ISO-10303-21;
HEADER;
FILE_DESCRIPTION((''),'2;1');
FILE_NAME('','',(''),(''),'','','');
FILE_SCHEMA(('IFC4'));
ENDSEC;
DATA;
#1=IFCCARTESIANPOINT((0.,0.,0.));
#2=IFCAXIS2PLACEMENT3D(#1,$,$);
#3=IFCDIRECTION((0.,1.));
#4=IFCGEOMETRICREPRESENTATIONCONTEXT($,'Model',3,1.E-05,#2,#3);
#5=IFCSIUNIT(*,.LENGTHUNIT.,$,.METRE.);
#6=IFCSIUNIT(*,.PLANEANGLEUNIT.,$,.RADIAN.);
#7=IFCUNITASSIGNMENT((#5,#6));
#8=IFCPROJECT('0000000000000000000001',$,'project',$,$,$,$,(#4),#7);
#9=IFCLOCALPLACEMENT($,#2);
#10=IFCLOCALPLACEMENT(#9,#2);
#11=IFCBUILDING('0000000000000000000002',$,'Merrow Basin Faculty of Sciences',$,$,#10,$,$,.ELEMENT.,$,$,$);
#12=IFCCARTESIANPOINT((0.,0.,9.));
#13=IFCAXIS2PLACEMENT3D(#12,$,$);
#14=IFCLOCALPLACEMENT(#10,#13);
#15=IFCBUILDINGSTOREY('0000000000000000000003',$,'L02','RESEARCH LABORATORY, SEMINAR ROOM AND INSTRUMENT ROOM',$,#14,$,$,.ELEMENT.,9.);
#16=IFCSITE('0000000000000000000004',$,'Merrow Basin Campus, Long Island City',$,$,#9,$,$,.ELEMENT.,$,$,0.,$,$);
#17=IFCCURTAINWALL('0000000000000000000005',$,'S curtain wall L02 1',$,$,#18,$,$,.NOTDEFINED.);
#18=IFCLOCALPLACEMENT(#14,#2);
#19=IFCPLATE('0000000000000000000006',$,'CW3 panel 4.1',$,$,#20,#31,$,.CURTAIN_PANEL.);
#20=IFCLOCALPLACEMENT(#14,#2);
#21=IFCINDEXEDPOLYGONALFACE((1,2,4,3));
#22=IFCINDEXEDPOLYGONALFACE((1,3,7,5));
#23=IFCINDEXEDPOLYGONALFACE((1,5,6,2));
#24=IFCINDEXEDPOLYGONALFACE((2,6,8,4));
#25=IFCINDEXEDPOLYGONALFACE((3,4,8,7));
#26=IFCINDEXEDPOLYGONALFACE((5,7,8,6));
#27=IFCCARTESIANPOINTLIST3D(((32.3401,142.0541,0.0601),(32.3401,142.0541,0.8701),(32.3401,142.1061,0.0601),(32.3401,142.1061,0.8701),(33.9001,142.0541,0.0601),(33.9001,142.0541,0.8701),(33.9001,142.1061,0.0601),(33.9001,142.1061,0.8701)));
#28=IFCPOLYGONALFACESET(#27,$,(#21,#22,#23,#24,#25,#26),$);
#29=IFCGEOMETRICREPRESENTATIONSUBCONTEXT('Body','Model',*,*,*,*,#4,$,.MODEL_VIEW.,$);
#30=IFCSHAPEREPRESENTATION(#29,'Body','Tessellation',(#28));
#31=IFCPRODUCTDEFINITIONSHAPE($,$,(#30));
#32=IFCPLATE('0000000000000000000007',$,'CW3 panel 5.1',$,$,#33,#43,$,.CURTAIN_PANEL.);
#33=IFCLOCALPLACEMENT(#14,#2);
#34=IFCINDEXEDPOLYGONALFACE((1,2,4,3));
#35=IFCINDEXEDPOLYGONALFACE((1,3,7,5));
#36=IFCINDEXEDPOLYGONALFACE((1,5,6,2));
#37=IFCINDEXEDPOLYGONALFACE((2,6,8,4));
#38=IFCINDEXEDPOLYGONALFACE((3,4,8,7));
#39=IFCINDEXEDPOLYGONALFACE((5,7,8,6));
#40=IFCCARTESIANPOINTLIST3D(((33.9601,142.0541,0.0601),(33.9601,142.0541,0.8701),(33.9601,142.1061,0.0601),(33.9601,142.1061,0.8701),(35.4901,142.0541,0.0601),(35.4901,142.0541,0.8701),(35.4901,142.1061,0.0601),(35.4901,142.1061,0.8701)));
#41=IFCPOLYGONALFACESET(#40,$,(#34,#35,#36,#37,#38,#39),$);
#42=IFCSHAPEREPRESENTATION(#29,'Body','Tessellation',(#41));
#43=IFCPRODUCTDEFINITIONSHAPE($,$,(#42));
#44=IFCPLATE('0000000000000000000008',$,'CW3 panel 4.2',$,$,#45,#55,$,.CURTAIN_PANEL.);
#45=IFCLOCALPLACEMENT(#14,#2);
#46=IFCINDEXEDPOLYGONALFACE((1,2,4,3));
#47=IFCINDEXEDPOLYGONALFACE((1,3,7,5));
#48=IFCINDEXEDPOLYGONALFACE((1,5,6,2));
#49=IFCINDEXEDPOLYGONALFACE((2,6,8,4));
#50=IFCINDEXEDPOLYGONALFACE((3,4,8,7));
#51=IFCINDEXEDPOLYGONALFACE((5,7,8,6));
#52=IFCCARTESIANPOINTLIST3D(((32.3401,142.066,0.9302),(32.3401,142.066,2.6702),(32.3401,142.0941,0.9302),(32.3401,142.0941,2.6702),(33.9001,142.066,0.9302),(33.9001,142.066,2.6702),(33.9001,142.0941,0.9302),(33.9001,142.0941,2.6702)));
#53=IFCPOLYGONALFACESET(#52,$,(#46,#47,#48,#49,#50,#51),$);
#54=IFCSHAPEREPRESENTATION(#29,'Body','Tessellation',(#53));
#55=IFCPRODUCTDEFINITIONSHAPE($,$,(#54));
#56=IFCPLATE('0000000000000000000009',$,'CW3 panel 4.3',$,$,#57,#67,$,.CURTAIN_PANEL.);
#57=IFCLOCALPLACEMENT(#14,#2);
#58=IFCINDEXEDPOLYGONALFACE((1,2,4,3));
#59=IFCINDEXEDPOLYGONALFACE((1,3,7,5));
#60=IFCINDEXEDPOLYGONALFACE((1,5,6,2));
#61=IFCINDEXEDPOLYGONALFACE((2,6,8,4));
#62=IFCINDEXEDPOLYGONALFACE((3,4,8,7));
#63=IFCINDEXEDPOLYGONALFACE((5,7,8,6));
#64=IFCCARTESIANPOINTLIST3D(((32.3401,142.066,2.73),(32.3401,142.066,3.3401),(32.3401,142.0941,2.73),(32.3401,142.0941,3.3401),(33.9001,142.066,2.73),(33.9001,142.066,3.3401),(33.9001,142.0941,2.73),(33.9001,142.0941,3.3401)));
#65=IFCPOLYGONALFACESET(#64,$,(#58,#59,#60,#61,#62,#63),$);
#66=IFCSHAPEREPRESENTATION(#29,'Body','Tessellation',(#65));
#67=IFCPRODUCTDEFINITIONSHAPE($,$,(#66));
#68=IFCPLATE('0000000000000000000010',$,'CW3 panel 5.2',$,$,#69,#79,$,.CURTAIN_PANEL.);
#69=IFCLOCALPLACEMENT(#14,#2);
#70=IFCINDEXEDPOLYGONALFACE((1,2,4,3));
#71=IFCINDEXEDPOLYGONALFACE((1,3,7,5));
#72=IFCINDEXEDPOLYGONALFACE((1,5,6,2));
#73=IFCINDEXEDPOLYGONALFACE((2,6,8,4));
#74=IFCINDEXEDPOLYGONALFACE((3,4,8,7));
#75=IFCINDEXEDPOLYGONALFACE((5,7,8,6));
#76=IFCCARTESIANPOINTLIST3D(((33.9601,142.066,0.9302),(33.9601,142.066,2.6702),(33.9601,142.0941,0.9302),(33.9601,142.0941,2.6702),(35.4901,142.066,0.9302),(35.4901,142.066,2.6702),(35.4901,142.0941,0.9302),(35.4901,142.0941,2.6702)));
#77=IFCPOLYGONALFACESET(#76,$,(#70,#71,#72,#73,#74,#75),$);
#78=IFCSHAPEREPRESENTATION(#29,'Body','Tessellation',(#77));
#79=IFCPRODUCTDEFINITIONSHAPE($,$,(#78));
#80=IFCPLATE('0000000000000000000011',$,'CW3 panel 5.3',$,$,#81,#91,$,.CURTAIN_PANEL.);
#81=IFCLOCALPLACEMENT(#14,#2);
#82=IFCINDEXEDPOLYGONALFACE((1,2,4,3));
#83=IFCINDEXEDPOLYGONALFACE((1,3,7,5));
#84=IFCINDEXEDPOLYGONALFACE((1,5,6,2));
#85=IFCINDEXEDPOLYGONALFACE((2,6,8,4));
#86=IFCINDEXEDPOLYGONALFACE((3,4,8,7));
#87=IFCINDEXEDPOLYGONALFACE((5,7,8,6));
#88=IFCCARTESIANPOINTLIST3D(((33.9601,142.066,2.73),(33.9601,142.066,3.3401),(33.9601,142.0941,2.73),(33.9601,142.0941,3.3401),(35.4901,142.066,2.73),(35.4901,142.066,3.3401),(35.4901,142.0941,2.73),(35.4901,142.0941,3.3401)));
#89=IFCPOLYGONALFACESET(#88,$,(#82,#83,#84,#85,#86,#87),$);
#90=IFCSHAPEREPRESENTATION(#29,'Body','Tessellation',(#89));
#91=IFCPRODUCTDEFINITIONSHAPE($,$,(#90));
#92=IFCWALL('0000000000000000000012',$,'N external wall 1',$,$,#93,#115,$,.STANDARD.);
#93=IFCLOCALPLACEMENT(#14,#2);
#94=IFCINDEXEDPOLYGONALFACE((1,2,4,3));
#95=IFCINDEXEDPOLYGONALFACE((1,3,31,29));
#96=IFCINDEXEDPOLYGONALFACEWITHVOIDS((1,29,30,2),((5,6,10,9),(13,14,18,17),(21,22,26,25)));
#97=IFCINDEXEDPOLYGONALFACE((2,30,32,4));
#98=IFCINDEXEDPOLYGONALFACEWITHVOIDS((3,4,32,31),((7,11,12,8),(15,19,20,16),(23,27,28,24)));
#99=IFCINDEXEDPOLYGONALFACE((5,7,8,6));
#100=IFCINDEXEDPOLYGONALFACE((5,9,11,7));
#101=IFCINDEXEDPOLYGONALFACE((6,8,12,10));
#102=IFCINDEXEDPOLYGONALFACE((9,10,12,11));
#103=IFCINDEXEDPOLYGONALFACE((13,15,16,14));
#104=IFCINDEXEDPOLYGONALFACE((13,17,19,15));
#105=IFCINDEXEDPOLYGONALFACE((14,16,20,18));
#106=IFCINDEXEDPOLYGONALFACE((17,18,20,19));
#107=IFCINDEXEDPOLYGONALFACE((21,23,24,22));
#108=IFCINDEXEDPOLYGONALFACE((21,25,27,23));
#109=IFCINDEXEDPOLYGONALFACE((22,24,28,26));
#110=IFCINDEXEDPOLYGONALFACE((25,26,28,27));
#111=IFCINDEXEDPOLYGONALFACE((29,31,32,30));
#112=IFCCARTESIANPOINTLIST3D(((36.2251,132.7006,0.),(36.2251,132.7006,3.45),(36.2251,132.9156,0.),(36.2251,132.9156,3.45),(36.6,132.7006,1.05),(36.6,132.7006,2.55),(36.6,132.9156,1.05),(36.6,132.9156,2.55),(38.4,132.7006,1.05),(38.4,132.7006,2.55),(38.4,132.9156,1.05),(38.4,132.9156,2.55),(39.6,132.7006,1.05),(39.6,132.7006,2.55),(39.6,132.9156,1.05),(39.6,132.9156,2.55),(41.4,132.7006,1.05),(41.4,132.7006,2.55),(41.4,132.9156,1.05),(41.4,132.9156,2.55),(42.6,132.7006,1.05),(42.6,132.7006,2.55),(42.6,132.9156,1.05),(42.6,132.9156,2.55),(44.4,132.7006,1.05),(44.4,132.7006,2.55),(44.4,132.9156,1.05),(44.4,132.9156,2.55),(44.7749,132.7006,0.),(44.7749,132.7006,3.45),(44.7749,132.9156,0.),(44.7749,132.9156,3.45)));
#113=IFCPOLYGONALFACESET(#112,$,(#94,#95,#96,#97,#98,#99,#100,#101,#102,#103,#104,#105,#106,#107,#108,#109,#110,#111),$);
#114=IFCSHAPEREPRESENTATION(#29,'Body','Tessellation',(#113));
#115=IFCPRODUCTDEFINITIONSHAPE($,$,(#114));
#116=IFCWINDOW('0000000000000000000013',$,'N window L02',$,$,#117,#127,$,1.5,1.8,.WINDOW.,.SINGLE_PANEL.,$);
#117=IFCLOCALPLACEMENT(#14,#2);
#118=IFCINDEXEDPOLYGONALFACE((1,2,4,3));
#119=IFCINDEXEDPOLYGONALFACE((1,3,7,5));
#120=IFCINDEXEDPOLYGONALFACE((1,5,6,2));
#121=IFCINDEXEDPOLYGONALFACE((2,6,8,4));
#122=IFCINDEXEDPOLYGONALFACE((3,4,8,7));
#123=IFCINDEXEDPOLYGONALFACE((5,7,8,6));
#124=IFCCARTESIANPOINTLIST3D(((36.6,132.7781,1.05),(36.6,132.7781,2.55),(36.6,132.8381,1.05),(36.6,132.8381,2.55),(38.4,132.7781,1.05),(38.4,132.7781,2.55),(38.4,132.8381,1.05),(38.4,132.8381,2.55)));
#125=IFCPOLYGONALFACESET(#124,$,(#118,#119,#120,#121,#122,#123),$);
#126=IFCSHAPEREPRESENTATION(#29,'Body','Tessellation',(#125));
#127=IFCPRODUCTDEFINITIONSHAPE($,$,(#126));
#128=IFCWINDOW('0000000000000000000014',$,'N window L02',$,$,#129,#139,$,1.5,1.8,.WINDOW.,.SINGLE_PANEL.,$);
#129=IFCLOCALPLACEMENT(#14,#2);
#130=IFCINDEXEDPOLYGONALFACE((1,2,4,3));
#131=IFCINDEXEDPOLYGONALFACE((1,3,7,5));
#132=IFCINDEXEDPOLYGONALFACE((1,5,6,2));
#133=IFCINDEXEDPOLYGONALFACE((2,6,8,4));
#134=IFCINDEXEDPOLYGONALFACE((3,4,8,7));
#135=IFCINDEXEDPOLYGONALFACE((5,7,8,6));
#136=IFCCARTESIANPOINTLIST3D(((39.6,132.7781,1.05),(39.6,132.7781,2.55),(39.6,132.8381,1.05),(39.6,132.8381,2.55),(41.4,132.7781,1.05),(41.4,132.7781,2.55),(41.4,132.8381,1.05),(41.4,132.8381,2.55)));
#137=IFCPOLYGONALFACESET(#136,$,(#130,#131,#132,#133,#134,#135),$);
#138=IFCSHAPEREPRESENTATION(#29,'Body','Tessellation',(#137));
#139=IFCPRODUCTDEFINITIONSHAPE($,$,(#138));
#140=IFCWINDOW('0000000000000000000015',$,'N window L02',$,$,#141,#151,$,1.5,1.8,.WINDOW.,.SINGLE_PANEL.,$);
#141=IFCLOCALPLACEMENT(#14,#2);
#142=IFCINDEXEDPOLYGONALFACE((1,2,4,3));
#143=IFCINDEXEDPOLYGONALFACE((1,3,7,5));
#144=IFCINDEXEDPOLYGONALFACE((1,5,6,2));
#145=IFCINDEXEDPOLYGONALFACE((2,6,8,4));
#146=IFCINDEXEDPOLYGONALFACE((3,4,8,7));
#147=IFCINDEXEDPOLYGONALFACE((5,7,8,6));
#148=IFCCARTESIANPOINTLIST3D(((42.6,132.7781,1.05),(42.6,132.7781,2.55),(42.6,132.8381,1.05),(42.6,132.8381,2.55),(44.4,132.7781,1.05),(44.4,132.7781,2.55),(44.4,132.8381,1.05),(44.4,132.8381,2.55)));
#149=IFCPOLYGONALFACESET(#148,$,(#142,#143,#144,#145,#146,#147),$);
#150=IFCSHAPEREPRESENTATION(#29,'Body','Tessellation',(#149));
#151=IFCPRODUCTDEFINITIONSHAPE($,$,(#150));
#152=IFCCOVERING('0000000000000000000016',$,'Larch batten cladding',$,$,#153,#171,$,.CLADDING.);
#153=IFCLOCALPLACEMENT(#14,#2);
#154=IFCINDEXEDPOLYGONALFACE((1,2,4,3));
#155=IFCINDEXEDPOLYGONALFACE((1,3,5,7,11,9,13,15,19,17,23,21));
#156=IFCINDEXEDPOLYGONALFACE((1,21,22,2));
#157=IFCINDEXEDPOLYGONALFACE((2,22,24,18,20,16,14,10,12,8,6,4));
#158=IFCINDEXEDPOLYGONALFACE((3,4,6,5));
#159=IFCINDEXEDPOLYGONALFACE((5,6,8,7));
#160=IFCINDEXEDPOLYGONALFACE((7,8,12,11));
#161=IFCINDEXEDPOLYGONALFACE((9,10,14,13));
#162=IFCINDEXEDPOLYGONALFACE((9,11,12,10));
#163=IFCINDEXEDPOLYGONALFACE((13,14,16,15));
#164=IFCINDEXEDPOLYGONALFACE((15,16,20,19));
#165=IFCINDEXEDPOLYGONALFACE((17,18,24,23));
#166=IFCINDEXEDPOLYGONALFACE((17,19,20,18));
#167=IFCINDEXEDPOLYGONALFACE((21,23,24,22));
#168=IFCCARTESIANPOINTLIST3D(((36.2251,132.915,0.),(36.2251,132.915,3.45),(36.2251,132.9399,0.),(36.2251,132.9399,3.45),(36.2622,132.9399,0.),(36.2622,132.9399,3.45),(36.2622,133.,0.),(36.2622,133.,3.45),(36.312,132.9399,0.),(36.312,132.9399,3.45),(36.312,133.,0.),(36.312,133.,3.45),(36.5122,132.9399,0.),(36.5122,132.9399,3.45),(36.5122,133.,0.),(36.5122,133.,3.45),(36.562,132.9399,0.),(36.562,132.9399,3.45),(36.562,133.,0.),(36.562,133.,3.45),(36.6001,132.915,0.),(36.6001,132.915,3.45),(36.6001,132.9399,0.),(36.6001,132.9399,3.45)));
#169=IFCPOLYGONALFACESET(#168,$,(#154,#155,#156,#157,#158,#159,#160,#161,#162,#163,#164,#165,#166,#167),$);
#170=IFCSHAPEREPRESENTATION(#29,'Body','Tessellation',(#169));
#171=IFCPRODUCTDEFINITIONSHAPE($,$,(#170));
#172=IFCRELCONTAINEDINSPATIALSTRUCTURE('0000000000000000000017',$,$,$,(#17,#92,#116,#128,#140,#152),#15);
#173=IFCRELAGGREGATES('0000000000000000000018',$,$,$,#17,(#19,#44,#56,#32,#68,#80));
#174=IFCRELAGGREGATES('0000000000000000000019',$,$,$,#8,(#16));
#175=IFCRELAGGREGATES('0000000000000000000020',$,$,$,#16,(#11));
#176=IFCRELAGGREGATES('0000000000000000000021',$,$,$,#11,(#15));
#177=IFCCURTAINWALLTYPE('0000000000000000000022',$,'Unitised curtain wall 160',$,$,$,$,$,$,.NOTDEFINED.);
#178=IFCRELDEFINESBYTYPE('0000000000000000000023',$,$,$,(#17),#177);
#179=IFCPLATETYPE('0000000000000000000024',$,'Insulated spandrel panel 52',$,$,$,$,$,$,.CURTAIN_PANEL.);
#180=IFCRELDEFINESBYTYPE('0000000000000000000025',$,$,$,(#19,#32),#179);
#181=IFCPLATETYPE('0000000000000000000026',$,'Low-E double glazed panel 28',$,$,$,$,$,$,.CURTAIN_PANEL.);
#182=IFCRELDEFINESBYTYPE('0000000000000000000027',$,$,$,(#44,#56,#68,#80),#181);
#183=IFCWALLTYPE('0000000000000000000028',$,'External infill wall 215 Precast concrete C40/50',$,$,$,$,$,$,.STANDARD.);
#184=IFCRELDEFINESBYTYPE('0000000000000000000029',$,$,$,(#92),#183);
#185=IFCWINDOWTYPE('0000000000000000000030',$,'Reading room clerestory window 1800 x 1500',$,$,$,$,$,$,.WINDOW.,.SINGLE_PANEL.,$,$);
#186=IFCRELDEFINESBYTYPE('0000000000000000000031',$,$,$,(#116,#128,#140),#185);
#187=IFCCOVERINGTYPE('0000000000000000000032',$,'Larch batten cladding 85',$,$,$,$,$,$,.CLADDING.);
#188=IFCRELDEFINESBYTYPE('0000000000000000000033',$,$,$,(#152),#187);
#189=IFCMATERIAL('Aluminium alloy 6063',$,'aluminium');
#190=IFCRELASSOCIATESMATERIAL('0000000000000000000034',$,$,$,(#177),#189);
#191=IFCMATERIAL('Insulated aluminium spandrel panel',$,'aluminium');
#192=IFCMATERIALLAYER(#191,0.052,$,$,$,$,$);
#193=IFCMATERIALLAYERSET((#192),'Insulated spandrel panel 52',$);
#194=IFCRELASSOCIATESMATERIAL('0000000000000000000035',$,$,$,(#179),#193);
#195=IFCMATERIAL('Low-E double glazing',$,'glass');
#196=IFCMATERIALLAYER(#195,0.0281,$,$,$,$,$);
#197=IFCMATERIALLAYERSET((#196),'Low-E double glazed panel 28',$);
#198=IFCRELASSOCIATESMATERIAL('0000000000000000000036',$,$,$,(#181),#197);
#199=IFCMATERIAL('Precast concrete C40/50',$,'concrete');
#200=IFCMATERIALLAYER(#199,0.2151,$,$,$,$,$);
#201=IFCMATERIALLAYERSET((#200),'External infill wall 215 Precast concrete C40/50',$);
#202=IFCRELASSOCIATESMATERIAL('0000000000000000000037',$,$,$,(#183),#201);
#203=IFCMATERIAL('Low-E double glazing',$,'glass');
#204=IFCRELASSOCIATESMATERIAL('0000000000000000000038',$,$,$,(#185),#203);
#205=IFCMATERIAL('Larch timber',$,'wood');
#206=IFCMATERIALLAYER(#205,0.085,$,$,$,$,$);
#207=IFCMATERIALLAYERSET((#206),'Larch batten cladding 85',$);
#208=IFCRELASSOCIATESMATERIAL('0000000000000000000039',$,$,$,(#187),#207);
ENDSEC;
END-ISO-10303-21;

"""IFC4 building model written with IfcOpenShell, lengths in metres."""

from ifc_helpers import new_model, si_unit, direction, frame, frame_2d, origin, origin_2d, place, context, subcontext, project, spatial, polyline, rectangle, outline, extrude, source, transform, mapped, material, layer, layer_set, type_object, element, fill, aggregate, save


model = new_model("IFC4")

# Units and contexts
model_context = context("Model", 3, precision=1e-05, world=origin(), true_north=direction((0.0, 1.0)))
body_context = subcontext(model_context, "Body", "Model", "MODEL_VIEW")
ifc_project = project(units=[si_unit("LENGTHUNIT", "METRE"), si_unit("PLANEANGLEUNIT", "RADIAN")], contexts=[model_context])

# Site, building, storey
site_placement = place(None, origin())
site = spatial("IfcSite", under=ifc_project, at=site_placement, Name="Merrow Basin Campus, Long Island City", CompositionType="ELEMENT", RefElevation=0.0)
building_placement = place(site_placement, origin())
building = spatial("IfcBuilding", under=site, at=building_placement, Name="Merrow Basin Faculty of Sciences", CompositionType="ELEMENT")
storey_placement = place(building_placement, frame((0.0, 0.0, 9.0)))
storey = spatial("IfcBuildingStorey", under=building, at=storey_placement, Name="L02", Description="RESEARCH LABORATORY, SEMINAR ROOM AND INSTRUMENT ROOM", CompositionType="ELEMENT", Elevation=9.0)

# Curtain wall
ifc_material_1 = material(Name="Aluminium alloy 6063", Category="aluminium")
curtain_wall_type = type_object("IfcCurtainWallType", Name="Unitised curtain wall 160", PredefinedType="NOTDEFINED", material=ifc_material_1)
curtain_wall_placement = place(storey_placement, origin())
curtain_wall = element("IfcCurtainWall", 1, at=curtain_wall_placement, inside=storey, type_object=curtain_wall_type, Name="S curtain wall L02 1", PredefinedType="NOTDEFINED")

# Plates
ifc_material_2 = material(Name="Insulated aluminium spandrel panel", Category="aluminium")
ifc_layer_1 = layer(ifc_material_2, 0.052)
ifc_layer_set_1 = layer_set([ifc_layer_1], Name="Insulated spandrel panel 52")
plate_type_1 = type_object("IfcPlateType", Name="Insulated spandrel panel 52", PredefinedType="CURTAIN_PANEL", material=ifc_layer_set_1)
plate_1_placement = place(storey_placement, frame((33.1201, 142.0801, 0.0601), z_axis=(0.0, 0.0, 1.0), x_axis=(1.0, 0.0, 0.0)))
plate_1 = element("IfcPlate", 2, at=plate_1_placement, type_object=plate_type_1, Name="CW3 panel 4.1", PredefinedType="CURTAIN_PANEL", context=body_context, shape_type="SweptSolid", body=[
    extrude(rectangle(XDim=1.5601, YDim=0.052, at=origin_2d()), origin(), (0.0, 0.0, 1.0), 0.8101),
])
plate_2_placement = place(storey_placement, frame((34.7251, 142.0801, 0.0601), z_axis=(0.0, 0.0, 1.0), x_axis=(1.0, 0.0, 0.0)))
plate_2 = element("IfcPlate", 3, at=plate_2_placement, type_object=plate_type_1, Name="CW3 panel 5.1", PredefinedType="CURTAIN_PANEL", context=body_context, shape_type="SweptSolid", body=[
    extrude(rectangle(XDim=1.53, YDim=0.052, at=origin_2d()), origin(), (0.0, 0.0, 1.0), 0.8101),
])
ifc_material_3 = material(Name="Low-E double glazing", Category="glass")
ifc_layer_2 = layer(ifc_material_3, 0.0281)
ifc_layer_set_2 = layer_set([ifc_layer_2], Name="Low-E double glazed panel 28")
plate_type_2 = type_object("IfcPlateType", Name="Low-E double glazed panel 28", PredefinedType="CURTAIN_PANEL", material=ifc_layer_set_2)
plate_3_placement = place(storey_placement, frame((33.1201, 142.0801, 0.9302), z_axis=(0.0, 0.0, 1.0), x_axis=(1.0, 0.0, 0.0)))
plate_3 = element("IfcPlate", 4, at=plate_3_placement, type_object=plate_type_2, Name="CW3 panel 4.2", PredefinedType="CURTAIN_PANEL", context=body_context, shape_type="SweptSolid", body=[
    extrude(rectangle(XDim=1.5601, YDim=0.0281, at=origin_2d()), origin(), (0.0, 0.0, 1.0), 1.74),
])
plate_4_placement = place(storey_placement, frame((33.1201, 142.0801, 2.73), z_axis=(0.0, 0.0, 1.0), x_axis=(1.0, 0.0, 0.0)))
plate_4 = element("IfcPlate", 5, at=plate_4_placement, type_object=plate_type_2, Name="CW3 panel 4.3", PredefinedType="CURTAIN_PANEL", context=body_context, shape_type="SweptSolid", body=[
    extrude(rectangle(XDim=1.5601, YDim=0.0281, at=origin_2d()), origin(), (0.0, 0.0, 1.0), 0.6101),
])
plate_5_placement = place(storey_placement, frame((34.7251, 142.0801, 0.9302), z_axis=(0.0, 0.0, 1.0), x_axis=(1.0, 0.0, 0.0)))
plate_5 = element("IfcPlate", 6, at=plate_5_placement, type_object=plate_type_2, Name="CW3 panel 5.2", PredefinedType="CURTAIN_PANEL", context=body_context, shape_type="SweptSolid", body=[
    extrude(rectangle(XDim=1.53, YDim=0.0281, at=origin_2d()), origin(), (0.0, 0.0, 1.0), 1.74),
])
plate_6_placement = place(storey_placement, frame((34.7251, 142.0801, 2.73), z_axis=(0.0, 0.0, 1.0), x_axis=(1.0, 0.0, 0.0)))
plate_6 = element("IfcPlate", 7, at=plate_6_placement, type_object=plate_type_2, Name="CW3 panel 5.3", PredefinedType="CURTAIN_PANEL", context=body_context, shape_type="SweptSolid", body=[
    extrude(rectangle(XDim=1.53, YDim=0.0281, at=origin_2d()), origin(), (0.0, 0.0, 1.0), 0.6101),
])
aggregate(curtain_wall, [plate_1, plate_3, plate_4, plate_2, plate_5, plate_6])

# Wall, openings, windows
ifc_material_4 = material(Name="Precast concrete C40/50", Category="concrete")
ifc_layer_3 = layer(ifc_material_4, 0.2151)
ifc_layer_set_3 = layer_set([ifc_layer_3], Name="External infill wall 215 Precast concrete C40/50")
wall_type = type_object("IfcWallType", Name="External infill wall 215 Precast concrete C40/50", PredefinedType="STANDARD", material=ifc_layer_set_3)
wall_placement = place(storey_placement, frame((36.2251, 132.8081, 0.0), z_axis=(0.0, 0.0, 1.0), x_axis=(1.0, 0.0, 0.0)))
wall = element("IfcWall", 8, at=wall_placement, inside=storey, type_object=wall_type, Name="N external wall 1", PredefinedType="STANDARD", context=body_context, shape_type="SweptSolid", body=[
    extrude(rectangle(XDim=8.5498, YDim=0.2151, at=frame_2d((4.2749, 0.0))), origin(), (0.0, 0.0, 1.0), 3.45),
])
opening_1_placement = place(wall_placement, frame((0.375, 0.0, 1.05)))
opening_1 = element("IfcOpeningElement", 9, at=opening_1_placement, cuts=wall, PredefinedType="OPENING", context=body_context, shape_type="SweptSolid", body=[
    extrude(rectangle(XDim=1.8, YDim=1.5, at=frame_2d((0.8999, 0.75))), frame((0.0, 0.1174, 0.0), z_axis=(0.0, -1.0, 0.0), x_axis=(1.0, 0.0, 0.0)), (0.0, 0.0, 1.0), 0.2351),
])
opening_2_placement = place(wall_placement, frame((3.375, 0.0, 1.05)))
opening_2 = element("IfcOpeningElement", 10, at=opening_2_placement, cuts=wall, PredefinedType="OPENING", context=body_context, shape_type="SweptSolid", body=[
    extrude(rectangle(XDim=1.8, YDim=1.5, at=frame_2d((0.8999, 0.75))), frame((0.0, 0.1174, 0.0), z_axis=(0.0, -1.0, 0.0), x_axis=(1.0, 0.0, 0.0)), (0.0, 0.0, 1.0), 0.2351),
])
opening_3_placement = place(wall_placement, frame((6.375, 0.0, 1.05)))
opening_3 = element("IfcOpeningElement", 11, at=opening_3_placement, cuts=wall, PredefinedType="OPENING", context=body_context, shape_type="SweptSolid", body=[
    extrude(rectangle(XDim=1.8, YDim=1.5, at=frame_2d((0.8999, 0.75))), frame((0.0, 0.1174, 0.0), z_axis=(0.0, -1.0, 0.0), x_axis=(1.0, 0.0, 0.0)), (0.0, 0.0, 1.0), 0.2351),
])
ifc_material_5 = material(Name="Low-E double glazing", Category="glass")
window_type = type_object("IfcWindowType", Name="Reading room clerestory window 1800 x 1500", PartitioningType="SINGLE_PANEL", PredefinedType="WINDOW", material=ifc_material_5)
window_1_placement = place(opening_1_placement, origin())
window_1 = element("IfcWindow", 12, at=window_1_placement, inside=storey, type_object=window_type, Name="N window L02", OverallHeight=1.5, OverallWidth=1.8, PartitioningType="SINGLE_PANEL", PredefinedType="WINDOW", context=body_context, shape_type="SweptSolid", body=[
    extrude(rectangle(XDim=1.8, YDim=1.5, at=frame_2d((0.8999, 0.75))), frame((0.0, 0.03, 0.0), z_axis=(0.0, -1.0, 0.0), x_axis=(1.0, 0.0, 0.0)), (0.0, 0.0, 1.0), 0.0601),
])
fill(opening_1, window_1)
window_2_placement = place(opening_2_placement, origin())
window_2 = element("IfcWindow", 13, at=window_2_placement, inside=storey, type_object=window_type, Name="N window L02", OverallHeight=1.5, OverallWidth=1.8, PartitioningType="SINGLE_PANEL", PredefinedType="WINDOW", context=body_context, shape_type="SweptSolid", body=[
    extrude(rectangle(XDim=1.8, YDim=1.5, at=frame_2d((0.8999, 0.75))), frame((0.0, 0.03, 0.0), z_axis=(0.0, -1.0, 0.0), x_axis=(1.0, 0.0, 0.0)), (0.0, 0.0, 1.0), 0.0601),
])
fill(opening_2, window_2)
window_3_placement = place(opening_3_placement, origin())
window_3 = element("IfcWindow", 14, at=window_3_placement, inside=storey, type_object=window_type, Name="N window L02", OverallHeight=1.5, OverallWidth=1.8, PartitioningType="SINGLE_PANEL", PredefinedType="WINDOW", context=body_context, shape_type="SweptSolid", body=[
    extrude(rectangle(XDim=1.8, YDim=1.5, at=frame_2d((0.8999, 0.75))), frame((0.0, 0.03, 0.0), z_axis=(0.0, -1.0, 0.0), x_axis=(1.0, 0.0, 0.0)), (0.0, 0.0, 1.0), 0.0601),
])
fill(opening_3, window_3)

# Covering
ifc_material_6 = material(Name="Larch timber", Category="wood")
ifc_layer_4 = layer(ifc_material_6, 0.085)
ifc_layer_set_4 = layer_set([ifc_layer_4], Name="Larch batten cladding 85")
covering_type = type_object("IfcCoveringType", Name="Larch batten cladding 85", PredefinedType="CLADDING", material=ifc_layer_set_4)
shared_shape_1 = source(origin(), body_context, "Body", "SweptSolid", [
    extrude(outline(polyline([(0.0, 0.0), (0.375, 0.0), (0.375, 0.0249), (0.3369, 0.0249), (0.3369, 0.085), (0.2871, 0.085), (0.2871, 0.0249), (0.0869, 0.0249), (0.0869, 0.085), (0.0371, 0.085), (0.0371, 0.0249), (0.0, 0.0249), (0.0, 0.0)])), origin(), (0.0, 0.0, 1.0), 3.45),
])
covering_placement = place(storey_placement, frame((36.2251, 132.915, 0.0), z_axis=(0.0, 0.0, 1.0), x_axis=(1.0, 0.0, 0.0)))
element("IfcCovering", 15, at=covering_placement, inside=storey, type_object=covering_type, Name="Larch batten cladding", PredefinedType="CLADDING", context=body_context, shape_type="MappedRepresentation", body=[
    mapped(shared_shape_1, transform((0.0, 0.0, 0.0), scale=1.0)),
])

save(model, "model.ifc")
